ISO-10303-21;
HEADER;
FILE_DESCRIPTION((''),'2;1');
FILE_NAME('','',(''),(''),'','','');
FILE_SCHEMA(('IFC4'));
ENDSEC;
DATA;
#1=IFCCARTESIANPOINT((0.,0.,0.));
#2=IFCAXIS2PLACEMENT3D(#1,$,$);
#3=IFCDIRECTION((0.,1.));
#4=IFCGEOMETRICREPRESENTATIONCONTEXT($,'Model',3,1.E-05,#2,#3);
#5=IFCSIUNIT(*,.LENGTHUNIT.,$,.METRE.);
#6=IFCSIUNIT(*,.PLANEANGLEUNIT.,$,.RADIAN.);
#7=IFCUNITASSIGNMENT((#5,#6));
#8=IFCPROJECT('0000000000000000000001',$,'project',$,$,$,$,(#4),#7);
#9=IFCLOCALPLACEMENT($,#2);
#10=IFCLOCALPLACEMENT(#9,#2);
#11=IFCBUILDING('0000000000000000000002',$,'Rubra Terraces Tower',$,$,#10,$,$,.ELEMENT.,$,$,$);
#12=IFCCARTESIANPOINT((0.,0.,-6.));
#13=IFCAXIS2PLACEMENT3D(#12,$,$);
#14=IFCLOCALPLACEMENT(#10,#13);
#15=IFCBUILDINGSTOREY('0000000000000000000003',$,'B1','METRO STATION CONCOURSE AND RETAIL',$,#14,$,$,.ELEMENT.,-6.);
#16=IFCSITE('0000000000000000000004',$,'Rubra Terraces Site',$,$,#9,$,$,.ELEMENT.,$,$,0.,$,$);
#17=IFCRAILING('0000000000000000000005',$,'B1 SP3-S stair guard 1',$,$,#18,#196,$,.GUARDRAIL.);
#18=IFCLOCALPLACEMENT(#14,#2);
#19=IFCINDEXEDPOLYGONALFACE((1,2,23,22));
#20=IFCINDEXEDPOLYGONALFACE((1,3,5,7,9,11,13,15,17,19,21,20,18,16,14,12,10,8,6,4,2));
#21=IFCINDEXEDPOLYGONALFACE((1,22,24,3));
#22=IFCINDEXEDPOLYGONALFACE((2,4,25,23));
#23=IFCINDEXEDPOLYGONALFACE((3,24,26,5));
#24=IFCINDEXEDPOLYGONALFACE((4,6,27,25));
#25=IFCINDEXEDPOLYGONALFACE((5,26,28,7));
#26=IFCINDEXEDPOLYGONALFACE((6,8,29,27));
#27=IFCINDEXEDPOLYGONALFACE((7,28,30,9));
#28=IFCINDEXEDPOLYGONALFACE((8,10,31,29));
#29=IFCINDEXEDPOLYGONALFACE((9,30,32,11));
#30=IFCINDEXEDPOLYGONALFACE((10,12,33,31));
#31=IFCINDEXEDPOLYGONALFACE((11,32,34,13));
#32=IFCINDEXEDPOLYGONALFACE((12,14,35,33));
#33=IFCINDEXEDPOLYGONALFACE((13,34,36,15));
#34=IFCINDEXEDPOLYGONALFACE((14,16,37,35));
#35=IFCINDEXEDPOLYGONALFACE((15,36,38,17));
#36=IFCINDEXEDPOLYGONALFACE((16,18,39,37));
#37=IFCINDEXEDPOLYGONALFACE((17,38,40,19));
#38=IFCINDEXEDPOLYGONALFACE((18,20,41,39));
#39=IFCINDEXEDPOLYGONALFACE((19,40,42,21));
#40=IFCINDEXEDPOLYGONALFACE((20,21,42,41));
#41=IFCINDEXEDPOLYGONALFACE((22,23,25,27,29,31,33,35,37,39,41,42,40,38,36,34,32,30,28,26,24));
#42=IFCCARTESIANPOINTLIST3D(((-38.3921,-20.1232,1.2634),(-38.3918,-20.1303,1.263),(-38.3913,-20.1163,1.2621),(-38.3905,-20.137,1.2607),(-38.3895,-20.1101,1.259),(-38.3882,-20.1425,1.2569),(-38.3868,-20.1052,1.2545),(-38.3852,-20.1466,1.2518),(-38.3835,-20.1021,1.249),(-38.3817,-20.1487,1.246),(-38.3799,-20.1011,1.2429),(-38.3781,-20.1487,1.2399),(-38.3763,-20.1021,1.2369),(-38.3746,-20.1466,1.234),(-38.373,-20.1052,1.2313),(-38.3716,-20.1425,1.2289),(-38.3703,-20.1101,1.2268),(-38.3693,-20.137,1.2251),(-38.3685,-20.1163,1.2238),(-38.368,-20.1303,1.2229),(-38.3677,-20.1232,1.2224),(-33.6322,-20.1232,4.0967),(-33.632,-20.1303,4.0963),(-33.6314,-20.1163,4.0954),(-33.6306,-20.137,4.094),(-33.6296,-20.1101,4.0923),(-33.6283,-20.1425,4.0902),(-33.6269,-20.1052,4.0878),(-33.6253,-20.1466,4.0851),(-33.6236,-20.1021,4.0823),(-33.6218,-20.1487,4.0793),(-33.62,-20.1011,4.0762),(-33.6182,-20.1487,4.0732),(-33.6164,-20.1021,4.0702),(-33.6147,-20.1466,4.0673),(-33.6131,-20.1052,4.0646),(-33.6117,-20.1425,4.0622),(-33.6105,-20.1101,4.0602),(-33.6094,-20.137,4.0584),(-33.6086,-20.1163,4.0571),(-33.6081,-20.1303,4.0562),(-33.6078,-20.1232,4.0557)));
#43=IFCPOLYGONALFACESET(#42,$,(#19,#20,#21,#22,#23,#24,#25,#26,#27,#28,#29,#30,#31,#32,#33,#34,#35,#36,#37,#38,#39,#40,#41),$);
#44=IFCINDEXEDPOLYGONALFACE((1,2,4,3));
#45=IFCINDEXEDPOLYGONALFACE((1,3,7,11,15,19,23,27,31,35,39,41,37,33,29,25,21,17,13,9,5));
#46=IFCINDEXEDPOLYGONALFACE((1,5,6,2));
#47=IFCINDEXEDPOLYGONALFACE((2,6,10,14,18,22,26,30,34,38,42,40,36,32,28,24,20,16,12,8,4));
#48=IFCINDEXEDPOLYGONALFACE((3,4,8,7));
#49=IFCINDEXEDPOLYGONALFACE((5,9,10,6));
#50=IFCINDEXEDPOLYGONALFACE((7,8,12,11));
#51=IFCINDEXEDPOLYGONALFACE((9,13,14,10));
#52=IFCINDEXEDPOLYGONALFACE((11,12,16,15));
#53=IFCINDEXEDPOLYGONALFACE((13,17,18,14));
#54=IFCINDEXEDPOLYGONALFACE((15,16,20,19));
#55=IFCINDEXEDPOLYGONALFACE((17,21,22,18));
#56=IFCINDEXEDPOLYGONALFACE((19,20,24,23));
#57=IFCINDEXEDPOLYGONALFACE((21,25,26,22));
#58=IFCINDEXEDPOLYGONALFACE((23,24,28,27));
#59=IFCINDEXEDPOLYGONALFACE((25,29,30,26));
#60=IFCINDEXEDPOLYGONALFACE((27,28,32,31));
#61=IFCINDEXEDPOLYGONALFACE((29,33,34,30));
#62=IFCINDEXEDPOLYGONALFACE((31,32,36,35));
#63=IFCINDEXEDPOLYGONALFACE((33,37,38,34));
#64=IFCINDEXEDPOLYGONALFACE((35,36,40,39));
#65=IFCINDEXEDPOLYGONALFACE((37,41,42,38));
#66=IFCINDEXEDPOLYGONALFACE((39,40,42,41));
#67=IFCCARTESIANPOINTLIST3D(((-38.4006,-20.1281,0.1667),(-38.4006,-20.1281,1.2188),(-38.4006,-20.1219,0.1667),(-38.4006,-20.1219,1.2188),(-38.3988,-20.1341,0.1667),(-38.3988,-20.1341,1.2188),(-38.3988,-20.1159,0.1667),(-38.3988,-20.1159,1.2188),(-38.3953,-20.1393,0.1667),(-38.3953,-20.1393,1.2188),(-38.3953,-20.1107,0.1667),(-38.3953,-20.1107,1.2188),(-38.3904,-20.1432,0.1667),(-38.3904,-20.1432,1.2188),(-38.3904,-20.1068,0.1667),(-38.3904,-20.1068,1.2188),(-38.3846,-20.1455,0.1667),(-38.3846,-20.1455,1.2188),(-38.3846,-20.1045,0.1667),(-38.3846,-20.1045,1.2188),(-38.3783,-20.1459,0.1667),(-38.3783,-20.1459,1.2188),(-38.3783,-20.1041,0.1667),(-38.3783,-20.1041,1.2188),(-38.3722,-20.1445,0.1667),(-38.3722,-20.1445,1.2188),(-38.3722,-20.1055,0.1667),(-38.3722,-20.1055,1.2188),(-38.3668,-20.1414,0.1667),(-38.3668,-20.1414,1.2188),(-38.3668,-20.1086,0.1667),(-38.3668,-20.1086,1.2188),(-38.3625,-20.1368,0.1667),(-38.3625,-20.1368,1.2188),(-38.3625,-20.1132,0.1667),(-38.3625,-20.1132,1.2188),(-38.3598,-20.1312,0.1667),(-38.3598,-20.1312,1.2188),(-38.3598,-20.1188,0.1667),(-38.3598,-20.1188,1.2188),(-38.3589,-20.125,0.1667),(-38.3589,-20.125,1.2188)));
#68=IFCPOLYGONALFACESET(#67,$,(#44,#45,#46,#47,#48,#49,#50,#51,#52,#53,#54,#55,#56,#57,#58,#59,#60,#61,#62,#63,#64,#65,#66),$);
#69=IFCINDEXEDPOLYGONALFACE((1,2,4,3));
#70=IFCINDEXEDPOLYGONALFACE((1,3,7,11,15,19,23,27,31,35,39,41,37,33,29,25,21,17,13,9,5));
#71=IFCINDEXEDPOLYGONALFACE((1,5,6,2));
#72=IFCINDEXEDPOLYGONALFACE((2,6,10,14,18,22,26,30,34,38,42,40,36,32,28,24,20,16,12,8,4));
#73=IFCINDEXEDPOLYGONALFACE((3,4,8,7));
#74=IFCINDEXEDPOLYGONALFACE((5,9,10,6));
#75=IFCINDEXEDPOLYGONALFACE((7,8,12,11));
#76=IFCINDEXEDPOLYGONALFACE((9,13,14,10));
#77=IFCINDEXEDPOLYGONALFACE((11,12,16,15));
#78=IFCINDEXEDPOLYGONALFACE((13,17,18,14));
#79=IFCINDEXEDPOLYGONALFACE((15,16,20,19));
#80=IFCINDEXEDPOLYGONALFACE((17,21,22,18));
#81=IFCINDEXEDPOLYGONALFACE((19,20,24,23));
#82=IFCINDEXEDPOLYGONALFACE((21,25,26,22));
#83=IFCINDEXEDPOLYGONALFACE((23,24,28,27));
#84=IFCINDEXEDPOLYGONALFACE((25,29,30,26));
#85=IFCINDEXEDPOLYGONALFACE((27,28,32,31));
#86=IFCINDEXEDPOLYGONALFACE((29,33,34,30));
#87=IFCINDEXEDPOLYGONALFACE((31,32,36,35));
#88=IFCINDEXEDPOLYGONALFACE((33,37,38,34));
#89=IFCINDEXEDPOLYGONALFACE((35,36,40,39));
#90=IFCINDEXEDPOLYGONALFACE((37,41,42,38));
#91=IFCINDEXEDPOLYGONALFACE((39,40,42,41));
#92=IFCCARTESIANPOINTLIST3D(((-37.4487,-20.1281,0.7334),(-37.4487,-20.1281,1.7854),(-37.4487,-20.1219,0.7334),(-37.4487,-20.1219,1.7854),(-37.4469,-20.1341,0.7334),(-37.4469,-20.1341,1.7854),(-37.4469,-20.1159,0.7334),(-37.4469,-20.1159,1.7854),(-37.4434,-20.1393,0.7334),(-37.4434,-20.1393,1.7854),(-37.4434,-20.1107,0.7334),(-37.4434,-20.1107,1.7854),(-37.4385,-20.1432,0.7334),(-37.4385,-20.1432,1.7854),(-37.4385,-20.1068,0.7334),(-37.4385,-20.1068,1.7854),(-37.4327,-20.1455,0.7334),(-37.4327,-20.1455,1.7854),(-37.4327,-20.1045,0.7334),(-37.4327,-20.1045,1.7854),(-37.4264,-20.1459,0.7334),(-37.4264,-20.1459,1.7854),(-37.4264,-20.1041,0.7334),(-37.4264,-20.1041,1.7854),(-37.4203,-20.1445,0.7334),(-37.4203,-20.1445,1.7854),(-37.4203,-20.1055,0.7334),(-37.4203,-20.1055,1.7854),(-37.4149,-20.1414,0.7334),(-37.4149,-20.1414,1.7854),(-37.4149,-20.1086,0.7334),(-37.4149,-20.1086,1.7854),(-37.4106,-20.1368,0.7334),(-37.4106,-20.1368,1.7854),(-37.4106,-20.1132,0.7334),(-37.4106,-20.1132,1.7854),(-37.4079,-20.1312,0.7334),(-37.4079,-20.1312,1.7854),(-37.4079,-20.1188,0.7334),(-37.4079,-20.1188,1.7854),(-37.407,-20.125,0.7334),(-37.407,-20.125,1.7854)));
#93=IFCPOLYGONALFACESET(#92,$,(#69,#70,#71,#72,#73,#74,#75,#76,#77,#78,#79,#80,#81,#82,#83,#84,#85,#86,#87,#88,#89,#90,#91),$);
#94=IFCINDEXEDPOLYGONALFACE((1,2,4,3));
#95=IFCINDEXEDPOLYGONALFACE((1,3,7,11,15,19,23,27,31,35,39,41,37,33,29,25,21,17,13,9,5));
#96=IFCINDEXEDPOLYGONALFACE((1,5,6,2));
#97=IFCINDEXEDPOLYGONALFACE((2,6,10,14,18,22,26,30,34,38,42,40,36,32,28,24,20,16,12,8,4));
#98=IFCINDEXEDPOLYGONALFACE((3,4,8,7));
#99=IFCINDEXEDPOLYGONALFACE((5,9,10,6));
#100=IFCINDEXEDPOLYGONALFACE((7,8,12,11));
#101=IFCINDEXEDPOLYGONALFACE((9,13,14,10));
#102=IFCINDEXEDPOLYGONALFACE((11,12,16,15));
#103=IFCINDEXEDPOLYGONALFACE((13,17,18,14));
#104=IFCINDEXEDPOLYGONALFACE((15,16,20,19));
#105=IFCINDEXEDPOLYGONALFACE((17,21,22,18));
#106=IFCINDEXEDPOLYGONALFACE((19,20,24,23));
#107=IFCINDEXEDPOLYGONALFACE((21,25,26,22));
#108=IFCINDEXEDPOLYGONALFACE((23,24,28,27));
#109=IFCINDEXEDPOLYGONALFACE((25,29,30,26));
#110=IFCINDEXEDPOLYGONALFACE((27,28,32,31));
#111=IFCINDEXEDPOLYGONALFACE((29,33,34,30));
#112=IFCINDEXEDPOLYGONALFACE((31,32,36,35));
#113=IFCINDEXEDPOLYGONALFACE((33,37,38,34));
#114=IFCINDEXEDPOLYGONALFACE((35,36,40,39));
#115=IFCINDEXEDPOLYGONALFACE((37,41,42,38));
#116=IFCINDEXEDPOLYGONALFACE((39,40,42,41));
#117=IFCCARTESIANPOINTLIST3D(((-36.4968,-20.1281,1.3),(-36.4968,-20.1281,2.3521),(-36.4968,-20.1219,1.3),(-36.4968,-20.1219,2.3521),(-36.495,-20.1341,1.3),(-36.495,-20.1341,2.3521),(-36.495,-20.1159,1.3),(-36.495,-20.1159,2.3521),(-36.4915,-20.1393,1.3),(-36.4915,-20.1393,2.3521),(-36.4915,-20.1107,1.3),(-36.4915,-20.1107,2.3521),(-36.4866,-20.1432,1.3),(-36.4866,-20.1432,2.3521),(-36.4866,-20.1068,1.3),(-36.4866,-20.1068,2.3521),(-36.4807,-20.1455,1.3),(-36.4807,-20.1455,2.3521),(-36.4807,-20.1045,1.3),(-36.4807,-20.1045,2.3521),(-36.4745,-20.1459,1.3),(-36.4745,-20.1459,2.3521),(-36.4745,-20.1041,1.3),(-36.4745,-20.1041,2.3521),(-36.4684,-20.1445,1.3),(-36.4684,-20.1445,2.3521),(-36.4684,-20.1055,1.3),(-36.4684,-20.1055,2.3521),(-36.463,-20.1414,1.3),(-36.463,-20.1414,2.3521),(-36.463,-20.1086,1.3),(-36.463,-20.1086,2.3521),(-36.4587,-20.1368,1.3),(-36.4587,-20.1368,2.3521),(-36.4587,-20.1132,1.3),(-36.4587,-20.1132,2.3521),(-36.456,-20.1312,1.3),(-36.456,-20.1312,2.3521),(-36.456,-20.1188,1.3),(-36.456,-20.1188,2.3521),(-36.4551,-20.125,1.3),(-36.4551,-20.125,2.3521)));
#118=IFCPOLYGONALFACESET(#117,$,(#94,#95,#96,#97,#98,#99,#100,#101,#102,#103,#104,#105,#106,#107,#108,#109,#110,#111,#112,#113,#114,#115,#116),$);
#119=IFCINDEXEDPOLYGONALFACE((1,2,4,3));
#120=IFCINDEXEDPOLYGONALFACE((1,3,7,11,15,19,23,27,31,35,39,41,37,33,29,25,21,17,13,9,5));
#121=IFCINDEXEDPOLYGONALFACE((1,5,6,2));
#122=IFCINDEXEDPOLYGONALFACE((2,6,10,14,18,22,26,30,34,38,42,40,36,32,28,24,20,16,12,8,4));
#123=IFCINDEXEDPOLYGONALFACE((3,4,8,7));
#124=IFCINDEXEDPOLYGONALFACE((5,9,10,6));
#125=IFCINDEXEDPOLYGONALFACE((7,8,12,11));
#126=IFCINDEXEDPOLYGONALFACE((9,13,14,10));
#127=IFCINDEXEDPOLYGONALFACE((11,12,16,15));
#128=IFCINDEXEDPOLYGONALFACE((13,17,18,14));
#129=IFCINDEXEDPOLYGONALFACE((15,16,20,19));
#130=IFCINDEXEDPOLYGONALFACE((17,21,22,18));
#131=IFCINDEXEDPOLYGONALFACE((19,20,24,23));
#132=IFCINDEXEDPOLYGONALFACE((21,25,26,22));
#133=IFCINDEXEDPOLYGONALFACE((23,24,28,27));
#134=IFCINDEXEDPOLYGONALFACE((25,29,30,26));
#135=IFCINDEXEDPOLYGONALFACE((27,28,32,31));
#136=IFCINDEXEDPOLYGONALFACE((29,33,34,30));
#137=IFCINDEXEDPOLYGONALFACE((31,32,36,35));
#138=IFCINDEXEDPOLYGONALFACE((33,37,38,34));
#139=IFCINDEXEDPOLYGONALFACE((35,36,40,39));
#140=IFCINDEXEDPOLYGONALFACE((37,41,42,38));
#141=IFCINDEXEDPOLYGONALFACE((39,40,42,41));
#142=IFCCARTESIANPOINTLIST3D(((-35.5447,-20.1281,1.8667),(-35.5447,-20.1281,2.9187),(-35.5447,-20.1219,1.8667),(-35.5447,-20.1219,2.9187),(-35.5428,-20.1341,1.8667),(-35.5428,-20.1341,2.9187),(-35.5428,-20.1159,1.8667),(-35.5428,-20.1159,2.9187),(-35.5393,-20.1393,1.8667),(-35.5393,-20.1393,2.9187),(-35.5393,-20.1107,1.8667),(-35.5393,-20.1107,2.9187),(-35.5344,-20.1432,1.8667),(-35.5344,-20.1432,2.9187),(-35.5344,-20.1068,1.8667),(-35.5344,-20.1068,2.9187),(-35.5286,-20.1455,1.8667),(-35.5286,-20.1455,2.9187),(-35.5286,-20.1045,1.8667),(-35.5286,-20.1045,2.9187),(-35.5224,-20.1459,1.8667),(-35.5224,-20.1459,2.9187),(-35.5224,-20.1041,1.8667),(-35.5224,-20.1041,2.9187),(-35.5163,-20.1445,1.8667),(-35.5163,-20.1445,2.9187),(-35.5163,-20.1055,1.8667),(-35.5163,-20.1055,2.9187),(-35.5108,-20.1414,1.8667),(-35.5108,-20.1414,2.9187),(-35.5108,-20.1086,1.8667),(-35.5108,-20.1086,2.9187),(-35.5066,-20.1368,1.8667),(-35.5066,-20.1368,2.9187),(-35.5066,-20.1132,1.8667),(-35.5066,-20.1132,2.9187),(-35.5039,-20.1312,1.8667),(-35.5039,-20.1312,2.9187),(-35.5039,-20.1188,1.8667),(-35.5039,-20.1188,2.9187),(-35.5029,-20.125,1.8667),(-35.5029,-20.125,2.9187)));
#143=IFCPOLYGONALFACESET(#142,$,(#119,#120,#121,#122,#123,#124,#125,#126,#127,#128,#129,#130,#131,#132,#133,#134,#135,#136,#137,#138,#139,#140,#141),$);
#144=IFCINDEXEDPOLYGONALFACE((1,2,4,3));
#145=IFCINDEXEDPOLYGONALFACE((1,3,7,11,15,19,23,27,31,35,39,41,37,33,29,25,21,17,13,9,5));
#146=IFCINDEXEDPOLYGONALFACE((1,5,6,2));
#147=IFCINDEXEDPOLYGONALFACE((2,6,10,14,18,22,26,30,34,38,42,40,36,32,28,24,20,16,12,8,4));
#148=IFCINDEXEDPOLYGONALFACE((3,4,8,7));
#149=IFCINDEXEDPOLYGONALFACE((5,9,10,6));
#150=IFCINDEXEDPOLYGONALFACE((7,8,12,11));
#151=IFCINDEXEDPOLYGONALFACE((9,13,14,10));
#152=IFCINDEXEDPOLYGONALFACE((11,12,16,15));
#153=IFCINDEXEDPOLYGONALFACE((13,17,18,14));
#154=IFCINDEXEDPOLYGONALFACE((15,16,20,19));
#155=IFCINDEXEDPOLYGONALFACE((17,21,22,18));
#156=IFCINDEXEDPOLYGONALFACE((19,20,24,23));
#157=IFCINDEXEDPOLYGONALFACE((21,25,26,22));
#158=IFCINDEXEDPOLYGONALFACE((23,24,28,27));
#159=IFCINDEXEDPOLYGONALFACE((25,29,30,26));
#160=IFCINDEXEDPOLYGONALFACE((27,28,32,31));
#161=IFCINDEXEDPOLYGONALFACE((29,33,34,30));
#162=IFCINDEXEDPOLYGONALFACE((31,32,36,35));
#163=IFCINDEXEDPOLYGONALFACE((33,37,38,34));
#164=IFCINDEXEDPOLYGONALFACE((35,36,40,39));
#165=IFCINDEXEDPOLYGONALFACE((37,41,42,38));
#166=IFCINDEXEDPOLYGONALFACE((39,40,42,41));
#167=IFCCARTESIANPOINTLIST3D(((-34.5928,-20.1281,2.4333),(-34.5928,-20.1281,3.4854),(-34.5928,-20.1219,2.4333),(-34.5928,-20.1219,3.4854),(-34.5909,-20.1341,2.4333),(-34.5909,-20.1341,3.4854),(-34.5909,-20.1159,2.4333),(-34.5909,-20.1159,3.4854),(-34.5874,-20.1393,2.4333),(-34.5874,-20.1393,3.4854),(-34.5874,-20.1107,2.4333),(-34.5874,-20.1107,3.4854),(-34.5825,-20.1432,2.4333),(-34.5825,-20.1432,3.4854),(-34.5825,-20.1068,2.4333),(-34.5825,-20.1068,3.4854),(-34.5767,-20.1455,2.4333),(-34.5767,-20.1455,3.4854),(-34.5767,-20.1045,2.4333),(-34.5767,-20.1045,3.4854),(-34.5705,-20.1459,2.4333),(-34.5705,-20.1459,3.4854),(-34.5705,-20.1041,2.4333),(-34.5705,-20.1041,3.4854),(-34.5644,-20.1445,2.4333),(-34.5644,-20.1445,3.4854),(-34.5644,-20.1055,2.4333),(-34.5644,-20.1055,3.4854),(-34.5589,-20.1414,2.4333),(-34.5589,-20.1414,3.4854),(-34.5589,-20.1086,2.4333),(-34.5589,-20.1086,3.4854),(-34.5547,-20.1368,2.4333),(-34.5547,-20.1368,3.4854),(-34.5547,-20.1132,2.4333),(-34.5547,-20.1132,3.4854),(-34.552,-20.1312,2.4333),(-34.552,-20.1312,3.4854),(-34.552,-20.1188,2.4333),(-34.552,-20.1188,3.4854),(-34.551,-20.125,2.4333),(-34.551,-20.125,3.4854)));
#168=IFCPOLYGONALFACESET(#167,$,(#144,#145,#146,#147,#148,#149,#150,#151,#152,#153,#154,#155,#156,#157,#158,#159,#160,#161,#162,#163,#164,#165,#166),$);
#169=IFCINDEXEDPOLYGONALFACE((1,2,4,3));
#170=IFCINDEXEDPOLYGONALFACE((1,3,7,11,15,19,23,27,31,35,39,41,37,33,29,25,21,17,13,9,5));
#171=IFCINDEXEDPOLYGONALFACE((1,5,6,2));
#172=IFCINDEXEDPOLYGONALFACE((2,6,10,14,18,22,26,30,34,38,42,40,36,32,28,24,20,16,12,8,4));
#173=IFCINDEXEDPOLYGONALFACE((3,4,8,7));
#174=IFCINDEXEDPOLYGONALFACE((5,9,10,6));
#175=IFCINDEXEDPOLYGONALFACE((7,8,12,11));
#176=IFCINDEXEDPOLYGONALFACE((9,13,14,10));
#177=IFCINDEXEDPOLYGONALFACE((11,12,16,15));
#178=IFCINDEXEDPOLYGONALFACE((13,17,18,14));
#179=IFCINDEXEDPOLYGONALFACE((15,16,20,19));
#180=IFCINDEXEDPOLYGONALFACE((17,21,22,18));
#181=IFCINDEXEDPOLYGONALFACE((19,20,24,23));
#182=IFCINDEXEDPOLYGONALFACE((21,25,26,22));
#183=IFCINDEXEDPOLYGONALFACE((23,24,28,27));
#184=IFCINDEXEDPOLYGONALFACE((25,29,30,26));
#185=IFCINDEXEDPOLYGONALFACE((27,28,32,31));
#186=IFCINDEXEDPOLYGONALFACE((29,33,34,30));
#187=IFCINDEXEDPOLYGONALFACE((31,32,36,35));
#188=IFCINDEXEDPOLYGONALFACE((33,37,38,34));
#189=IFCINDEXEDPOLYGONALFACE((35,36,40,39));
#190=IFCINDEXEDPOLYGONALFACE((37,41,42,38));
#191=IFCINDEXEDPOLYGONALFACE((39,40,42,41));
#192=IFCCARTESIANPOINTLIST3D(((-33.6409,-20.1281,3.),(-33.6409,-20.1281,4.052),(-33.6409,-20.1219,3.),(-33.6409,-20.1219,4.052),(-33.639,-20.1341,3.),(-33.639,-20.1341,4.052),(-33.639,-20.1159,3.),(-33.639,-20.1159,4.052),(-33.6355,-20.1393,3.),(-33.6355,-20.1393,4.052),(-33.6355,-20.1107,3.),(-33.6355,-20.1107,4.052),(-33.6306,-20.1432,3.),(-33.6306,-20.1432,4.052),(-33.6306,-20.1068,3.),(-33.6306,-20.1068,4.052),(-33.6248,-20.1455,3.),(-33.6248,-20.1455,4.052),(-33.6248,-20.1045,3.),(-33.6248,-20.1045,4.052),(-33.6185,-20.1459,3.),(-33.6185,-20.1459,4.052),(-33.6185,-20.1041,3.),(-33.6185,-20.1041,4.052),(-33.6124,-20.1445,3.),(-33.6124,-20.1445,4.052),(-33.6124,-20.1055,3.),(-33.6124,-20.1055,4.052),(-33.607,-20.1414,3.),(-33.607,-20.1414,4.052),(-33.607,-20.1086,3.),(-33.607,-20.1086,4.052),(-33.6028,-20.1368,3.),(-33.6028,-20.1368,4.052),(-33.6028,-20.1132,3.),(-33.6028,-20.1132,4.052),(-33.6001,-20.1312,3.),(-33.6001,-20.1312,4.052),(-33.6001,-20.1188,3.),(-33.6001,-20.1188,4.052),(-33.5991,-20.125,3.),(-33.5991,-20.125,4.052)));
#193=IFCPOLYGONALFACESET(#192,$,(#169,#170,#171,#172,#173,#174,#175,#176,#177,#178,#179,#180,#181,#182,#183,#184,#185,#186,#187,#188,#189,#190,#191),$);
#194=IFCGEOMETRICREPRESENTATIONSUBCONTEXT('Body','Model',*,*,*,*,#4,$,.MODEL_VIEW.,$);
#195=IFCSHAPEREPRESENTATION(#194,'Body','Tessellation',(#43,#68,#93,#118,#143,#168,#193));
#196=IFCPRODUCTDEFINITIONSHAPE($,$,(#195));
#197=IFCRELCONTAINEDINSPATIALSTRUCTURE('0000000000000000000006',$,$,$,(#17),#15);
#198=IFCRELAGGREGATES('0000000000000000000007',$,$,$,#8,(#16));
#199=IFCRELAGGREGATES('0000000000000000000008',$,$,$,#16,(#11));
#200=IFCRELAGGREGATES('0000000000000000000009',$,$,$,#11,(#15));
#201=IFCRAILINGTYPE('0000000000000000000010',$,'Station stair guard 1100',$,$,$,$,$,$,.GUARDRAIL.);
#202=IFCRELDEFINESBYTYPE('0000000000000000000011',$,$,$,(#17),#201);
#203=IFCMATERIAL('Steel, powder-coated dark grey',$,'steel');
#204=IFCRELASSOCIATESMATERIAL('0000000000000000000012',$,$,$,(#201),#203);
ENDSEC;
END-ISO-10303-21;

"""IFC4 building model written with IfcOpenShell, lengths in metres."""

from ifc_helpers import new_model, si_unit, direction, frame, origin, origin_2d, place, context, subcontext, project, spatial, circle, extrude, material, type_object, element, save


model = new_model("IFC4")

# Units and contexts
model_context = context("Model", 3, precision=1e-05, world=origin(), true_north=direction((0.0, 1.0)))
body_context = subcontext(model_context, "Body", "Model", "MODEL_VIEW")
ifc_project = project(units=[si_unit("LENGTHUNIT", "METRE"), si_unit("PLANEANGLEUNIT", "RADIAN")], contexts=[model_context])

# Site, building, storey
site_placement = place(None, origin())
site = spatial("IfcSite", under=ifc_project, at=site_placement, Name="Rubra Terraces Site", CompositionType="ELEMENT", RefElevation=0.0)
building_placement = place(site_placement, origin())
building = spatial("IfcBuilding", under=site, at=building_placement, Name="Rubra Terraces Tower", CompositionType="ELEMENT")
storey_placement = place(building_placement, frame((0.0, 0.0, -6.0)))
storey = spatial("IfcBuildingStorey", under=building, at=storey_placement, Name="B1", Description="METRO STATION CONCOURSE AND RETAIL", CompositionType="ELEMENT", Elevation=-6.0)

# Railing
ifc_material_1 = material(Name="Steel, powder-coated dark grey", Category="steel")
railing_type_1 = type_object("IfcRailingType", Name="Station stair guard 1100", PredefinedType="GUARDRAIL", material=ifc_material_1)
railing_1_placement = place(storey_placement, frame((-38.3799, -20.125, 0.1667)))
element("IfcRailing", 1, at=railing_1_placement, inside=storey, type_object=railing_type_1, Name="B1 SP3-S stair guard 1", PredefinedType="GUARDRAIL", context=body_context, shape_type="SweptSolid", body=[
    extrude(circle(Radius=0.0239, at=origin_2d()), frame((0.0, 0.0, 1.0762), z_axis=(0.859288, 0.0, 0.511492), x_axis=(0.0, 1.0, 0.0)), (0.0, 0.0, 1.0), 5.5393),
    extrude(circle(Radius=0.021, at=origin_2d()), origin(), (0.0, 0.0, 1.0), 1.052),
    extrude(circle(Radius=0.021, at=origin_2d()), frame((0.9519, 0.0, 0.5667)), (0.0, 0.0, 1.0), 1.052),
    extrude(circle(Radius=0.021, at=origin_2d()), frame((1.9038, 0.0, 1.1333)), (0.0, 0.0, 1.0), 1.052),
    extrude(circle(Radius=0.021, at=origin_2d()), frame((2.856, 0.0, 1.7)), (0.0, 0.0, 1.0), 1.052),
    extrude(circle(Radius=0.021, at=origin_2d()), frame((3.8079, 0.0, 2.2666)), (0.0, 0.0, 1.0), 1.052),
    extrude(circle(Radius=0.021, at=origin_2d()), frame((4.7598, 0.0, 2.8333)), (0.0, 0.0, 1.0), 1.052),
])

save(model, "model.ifc")
